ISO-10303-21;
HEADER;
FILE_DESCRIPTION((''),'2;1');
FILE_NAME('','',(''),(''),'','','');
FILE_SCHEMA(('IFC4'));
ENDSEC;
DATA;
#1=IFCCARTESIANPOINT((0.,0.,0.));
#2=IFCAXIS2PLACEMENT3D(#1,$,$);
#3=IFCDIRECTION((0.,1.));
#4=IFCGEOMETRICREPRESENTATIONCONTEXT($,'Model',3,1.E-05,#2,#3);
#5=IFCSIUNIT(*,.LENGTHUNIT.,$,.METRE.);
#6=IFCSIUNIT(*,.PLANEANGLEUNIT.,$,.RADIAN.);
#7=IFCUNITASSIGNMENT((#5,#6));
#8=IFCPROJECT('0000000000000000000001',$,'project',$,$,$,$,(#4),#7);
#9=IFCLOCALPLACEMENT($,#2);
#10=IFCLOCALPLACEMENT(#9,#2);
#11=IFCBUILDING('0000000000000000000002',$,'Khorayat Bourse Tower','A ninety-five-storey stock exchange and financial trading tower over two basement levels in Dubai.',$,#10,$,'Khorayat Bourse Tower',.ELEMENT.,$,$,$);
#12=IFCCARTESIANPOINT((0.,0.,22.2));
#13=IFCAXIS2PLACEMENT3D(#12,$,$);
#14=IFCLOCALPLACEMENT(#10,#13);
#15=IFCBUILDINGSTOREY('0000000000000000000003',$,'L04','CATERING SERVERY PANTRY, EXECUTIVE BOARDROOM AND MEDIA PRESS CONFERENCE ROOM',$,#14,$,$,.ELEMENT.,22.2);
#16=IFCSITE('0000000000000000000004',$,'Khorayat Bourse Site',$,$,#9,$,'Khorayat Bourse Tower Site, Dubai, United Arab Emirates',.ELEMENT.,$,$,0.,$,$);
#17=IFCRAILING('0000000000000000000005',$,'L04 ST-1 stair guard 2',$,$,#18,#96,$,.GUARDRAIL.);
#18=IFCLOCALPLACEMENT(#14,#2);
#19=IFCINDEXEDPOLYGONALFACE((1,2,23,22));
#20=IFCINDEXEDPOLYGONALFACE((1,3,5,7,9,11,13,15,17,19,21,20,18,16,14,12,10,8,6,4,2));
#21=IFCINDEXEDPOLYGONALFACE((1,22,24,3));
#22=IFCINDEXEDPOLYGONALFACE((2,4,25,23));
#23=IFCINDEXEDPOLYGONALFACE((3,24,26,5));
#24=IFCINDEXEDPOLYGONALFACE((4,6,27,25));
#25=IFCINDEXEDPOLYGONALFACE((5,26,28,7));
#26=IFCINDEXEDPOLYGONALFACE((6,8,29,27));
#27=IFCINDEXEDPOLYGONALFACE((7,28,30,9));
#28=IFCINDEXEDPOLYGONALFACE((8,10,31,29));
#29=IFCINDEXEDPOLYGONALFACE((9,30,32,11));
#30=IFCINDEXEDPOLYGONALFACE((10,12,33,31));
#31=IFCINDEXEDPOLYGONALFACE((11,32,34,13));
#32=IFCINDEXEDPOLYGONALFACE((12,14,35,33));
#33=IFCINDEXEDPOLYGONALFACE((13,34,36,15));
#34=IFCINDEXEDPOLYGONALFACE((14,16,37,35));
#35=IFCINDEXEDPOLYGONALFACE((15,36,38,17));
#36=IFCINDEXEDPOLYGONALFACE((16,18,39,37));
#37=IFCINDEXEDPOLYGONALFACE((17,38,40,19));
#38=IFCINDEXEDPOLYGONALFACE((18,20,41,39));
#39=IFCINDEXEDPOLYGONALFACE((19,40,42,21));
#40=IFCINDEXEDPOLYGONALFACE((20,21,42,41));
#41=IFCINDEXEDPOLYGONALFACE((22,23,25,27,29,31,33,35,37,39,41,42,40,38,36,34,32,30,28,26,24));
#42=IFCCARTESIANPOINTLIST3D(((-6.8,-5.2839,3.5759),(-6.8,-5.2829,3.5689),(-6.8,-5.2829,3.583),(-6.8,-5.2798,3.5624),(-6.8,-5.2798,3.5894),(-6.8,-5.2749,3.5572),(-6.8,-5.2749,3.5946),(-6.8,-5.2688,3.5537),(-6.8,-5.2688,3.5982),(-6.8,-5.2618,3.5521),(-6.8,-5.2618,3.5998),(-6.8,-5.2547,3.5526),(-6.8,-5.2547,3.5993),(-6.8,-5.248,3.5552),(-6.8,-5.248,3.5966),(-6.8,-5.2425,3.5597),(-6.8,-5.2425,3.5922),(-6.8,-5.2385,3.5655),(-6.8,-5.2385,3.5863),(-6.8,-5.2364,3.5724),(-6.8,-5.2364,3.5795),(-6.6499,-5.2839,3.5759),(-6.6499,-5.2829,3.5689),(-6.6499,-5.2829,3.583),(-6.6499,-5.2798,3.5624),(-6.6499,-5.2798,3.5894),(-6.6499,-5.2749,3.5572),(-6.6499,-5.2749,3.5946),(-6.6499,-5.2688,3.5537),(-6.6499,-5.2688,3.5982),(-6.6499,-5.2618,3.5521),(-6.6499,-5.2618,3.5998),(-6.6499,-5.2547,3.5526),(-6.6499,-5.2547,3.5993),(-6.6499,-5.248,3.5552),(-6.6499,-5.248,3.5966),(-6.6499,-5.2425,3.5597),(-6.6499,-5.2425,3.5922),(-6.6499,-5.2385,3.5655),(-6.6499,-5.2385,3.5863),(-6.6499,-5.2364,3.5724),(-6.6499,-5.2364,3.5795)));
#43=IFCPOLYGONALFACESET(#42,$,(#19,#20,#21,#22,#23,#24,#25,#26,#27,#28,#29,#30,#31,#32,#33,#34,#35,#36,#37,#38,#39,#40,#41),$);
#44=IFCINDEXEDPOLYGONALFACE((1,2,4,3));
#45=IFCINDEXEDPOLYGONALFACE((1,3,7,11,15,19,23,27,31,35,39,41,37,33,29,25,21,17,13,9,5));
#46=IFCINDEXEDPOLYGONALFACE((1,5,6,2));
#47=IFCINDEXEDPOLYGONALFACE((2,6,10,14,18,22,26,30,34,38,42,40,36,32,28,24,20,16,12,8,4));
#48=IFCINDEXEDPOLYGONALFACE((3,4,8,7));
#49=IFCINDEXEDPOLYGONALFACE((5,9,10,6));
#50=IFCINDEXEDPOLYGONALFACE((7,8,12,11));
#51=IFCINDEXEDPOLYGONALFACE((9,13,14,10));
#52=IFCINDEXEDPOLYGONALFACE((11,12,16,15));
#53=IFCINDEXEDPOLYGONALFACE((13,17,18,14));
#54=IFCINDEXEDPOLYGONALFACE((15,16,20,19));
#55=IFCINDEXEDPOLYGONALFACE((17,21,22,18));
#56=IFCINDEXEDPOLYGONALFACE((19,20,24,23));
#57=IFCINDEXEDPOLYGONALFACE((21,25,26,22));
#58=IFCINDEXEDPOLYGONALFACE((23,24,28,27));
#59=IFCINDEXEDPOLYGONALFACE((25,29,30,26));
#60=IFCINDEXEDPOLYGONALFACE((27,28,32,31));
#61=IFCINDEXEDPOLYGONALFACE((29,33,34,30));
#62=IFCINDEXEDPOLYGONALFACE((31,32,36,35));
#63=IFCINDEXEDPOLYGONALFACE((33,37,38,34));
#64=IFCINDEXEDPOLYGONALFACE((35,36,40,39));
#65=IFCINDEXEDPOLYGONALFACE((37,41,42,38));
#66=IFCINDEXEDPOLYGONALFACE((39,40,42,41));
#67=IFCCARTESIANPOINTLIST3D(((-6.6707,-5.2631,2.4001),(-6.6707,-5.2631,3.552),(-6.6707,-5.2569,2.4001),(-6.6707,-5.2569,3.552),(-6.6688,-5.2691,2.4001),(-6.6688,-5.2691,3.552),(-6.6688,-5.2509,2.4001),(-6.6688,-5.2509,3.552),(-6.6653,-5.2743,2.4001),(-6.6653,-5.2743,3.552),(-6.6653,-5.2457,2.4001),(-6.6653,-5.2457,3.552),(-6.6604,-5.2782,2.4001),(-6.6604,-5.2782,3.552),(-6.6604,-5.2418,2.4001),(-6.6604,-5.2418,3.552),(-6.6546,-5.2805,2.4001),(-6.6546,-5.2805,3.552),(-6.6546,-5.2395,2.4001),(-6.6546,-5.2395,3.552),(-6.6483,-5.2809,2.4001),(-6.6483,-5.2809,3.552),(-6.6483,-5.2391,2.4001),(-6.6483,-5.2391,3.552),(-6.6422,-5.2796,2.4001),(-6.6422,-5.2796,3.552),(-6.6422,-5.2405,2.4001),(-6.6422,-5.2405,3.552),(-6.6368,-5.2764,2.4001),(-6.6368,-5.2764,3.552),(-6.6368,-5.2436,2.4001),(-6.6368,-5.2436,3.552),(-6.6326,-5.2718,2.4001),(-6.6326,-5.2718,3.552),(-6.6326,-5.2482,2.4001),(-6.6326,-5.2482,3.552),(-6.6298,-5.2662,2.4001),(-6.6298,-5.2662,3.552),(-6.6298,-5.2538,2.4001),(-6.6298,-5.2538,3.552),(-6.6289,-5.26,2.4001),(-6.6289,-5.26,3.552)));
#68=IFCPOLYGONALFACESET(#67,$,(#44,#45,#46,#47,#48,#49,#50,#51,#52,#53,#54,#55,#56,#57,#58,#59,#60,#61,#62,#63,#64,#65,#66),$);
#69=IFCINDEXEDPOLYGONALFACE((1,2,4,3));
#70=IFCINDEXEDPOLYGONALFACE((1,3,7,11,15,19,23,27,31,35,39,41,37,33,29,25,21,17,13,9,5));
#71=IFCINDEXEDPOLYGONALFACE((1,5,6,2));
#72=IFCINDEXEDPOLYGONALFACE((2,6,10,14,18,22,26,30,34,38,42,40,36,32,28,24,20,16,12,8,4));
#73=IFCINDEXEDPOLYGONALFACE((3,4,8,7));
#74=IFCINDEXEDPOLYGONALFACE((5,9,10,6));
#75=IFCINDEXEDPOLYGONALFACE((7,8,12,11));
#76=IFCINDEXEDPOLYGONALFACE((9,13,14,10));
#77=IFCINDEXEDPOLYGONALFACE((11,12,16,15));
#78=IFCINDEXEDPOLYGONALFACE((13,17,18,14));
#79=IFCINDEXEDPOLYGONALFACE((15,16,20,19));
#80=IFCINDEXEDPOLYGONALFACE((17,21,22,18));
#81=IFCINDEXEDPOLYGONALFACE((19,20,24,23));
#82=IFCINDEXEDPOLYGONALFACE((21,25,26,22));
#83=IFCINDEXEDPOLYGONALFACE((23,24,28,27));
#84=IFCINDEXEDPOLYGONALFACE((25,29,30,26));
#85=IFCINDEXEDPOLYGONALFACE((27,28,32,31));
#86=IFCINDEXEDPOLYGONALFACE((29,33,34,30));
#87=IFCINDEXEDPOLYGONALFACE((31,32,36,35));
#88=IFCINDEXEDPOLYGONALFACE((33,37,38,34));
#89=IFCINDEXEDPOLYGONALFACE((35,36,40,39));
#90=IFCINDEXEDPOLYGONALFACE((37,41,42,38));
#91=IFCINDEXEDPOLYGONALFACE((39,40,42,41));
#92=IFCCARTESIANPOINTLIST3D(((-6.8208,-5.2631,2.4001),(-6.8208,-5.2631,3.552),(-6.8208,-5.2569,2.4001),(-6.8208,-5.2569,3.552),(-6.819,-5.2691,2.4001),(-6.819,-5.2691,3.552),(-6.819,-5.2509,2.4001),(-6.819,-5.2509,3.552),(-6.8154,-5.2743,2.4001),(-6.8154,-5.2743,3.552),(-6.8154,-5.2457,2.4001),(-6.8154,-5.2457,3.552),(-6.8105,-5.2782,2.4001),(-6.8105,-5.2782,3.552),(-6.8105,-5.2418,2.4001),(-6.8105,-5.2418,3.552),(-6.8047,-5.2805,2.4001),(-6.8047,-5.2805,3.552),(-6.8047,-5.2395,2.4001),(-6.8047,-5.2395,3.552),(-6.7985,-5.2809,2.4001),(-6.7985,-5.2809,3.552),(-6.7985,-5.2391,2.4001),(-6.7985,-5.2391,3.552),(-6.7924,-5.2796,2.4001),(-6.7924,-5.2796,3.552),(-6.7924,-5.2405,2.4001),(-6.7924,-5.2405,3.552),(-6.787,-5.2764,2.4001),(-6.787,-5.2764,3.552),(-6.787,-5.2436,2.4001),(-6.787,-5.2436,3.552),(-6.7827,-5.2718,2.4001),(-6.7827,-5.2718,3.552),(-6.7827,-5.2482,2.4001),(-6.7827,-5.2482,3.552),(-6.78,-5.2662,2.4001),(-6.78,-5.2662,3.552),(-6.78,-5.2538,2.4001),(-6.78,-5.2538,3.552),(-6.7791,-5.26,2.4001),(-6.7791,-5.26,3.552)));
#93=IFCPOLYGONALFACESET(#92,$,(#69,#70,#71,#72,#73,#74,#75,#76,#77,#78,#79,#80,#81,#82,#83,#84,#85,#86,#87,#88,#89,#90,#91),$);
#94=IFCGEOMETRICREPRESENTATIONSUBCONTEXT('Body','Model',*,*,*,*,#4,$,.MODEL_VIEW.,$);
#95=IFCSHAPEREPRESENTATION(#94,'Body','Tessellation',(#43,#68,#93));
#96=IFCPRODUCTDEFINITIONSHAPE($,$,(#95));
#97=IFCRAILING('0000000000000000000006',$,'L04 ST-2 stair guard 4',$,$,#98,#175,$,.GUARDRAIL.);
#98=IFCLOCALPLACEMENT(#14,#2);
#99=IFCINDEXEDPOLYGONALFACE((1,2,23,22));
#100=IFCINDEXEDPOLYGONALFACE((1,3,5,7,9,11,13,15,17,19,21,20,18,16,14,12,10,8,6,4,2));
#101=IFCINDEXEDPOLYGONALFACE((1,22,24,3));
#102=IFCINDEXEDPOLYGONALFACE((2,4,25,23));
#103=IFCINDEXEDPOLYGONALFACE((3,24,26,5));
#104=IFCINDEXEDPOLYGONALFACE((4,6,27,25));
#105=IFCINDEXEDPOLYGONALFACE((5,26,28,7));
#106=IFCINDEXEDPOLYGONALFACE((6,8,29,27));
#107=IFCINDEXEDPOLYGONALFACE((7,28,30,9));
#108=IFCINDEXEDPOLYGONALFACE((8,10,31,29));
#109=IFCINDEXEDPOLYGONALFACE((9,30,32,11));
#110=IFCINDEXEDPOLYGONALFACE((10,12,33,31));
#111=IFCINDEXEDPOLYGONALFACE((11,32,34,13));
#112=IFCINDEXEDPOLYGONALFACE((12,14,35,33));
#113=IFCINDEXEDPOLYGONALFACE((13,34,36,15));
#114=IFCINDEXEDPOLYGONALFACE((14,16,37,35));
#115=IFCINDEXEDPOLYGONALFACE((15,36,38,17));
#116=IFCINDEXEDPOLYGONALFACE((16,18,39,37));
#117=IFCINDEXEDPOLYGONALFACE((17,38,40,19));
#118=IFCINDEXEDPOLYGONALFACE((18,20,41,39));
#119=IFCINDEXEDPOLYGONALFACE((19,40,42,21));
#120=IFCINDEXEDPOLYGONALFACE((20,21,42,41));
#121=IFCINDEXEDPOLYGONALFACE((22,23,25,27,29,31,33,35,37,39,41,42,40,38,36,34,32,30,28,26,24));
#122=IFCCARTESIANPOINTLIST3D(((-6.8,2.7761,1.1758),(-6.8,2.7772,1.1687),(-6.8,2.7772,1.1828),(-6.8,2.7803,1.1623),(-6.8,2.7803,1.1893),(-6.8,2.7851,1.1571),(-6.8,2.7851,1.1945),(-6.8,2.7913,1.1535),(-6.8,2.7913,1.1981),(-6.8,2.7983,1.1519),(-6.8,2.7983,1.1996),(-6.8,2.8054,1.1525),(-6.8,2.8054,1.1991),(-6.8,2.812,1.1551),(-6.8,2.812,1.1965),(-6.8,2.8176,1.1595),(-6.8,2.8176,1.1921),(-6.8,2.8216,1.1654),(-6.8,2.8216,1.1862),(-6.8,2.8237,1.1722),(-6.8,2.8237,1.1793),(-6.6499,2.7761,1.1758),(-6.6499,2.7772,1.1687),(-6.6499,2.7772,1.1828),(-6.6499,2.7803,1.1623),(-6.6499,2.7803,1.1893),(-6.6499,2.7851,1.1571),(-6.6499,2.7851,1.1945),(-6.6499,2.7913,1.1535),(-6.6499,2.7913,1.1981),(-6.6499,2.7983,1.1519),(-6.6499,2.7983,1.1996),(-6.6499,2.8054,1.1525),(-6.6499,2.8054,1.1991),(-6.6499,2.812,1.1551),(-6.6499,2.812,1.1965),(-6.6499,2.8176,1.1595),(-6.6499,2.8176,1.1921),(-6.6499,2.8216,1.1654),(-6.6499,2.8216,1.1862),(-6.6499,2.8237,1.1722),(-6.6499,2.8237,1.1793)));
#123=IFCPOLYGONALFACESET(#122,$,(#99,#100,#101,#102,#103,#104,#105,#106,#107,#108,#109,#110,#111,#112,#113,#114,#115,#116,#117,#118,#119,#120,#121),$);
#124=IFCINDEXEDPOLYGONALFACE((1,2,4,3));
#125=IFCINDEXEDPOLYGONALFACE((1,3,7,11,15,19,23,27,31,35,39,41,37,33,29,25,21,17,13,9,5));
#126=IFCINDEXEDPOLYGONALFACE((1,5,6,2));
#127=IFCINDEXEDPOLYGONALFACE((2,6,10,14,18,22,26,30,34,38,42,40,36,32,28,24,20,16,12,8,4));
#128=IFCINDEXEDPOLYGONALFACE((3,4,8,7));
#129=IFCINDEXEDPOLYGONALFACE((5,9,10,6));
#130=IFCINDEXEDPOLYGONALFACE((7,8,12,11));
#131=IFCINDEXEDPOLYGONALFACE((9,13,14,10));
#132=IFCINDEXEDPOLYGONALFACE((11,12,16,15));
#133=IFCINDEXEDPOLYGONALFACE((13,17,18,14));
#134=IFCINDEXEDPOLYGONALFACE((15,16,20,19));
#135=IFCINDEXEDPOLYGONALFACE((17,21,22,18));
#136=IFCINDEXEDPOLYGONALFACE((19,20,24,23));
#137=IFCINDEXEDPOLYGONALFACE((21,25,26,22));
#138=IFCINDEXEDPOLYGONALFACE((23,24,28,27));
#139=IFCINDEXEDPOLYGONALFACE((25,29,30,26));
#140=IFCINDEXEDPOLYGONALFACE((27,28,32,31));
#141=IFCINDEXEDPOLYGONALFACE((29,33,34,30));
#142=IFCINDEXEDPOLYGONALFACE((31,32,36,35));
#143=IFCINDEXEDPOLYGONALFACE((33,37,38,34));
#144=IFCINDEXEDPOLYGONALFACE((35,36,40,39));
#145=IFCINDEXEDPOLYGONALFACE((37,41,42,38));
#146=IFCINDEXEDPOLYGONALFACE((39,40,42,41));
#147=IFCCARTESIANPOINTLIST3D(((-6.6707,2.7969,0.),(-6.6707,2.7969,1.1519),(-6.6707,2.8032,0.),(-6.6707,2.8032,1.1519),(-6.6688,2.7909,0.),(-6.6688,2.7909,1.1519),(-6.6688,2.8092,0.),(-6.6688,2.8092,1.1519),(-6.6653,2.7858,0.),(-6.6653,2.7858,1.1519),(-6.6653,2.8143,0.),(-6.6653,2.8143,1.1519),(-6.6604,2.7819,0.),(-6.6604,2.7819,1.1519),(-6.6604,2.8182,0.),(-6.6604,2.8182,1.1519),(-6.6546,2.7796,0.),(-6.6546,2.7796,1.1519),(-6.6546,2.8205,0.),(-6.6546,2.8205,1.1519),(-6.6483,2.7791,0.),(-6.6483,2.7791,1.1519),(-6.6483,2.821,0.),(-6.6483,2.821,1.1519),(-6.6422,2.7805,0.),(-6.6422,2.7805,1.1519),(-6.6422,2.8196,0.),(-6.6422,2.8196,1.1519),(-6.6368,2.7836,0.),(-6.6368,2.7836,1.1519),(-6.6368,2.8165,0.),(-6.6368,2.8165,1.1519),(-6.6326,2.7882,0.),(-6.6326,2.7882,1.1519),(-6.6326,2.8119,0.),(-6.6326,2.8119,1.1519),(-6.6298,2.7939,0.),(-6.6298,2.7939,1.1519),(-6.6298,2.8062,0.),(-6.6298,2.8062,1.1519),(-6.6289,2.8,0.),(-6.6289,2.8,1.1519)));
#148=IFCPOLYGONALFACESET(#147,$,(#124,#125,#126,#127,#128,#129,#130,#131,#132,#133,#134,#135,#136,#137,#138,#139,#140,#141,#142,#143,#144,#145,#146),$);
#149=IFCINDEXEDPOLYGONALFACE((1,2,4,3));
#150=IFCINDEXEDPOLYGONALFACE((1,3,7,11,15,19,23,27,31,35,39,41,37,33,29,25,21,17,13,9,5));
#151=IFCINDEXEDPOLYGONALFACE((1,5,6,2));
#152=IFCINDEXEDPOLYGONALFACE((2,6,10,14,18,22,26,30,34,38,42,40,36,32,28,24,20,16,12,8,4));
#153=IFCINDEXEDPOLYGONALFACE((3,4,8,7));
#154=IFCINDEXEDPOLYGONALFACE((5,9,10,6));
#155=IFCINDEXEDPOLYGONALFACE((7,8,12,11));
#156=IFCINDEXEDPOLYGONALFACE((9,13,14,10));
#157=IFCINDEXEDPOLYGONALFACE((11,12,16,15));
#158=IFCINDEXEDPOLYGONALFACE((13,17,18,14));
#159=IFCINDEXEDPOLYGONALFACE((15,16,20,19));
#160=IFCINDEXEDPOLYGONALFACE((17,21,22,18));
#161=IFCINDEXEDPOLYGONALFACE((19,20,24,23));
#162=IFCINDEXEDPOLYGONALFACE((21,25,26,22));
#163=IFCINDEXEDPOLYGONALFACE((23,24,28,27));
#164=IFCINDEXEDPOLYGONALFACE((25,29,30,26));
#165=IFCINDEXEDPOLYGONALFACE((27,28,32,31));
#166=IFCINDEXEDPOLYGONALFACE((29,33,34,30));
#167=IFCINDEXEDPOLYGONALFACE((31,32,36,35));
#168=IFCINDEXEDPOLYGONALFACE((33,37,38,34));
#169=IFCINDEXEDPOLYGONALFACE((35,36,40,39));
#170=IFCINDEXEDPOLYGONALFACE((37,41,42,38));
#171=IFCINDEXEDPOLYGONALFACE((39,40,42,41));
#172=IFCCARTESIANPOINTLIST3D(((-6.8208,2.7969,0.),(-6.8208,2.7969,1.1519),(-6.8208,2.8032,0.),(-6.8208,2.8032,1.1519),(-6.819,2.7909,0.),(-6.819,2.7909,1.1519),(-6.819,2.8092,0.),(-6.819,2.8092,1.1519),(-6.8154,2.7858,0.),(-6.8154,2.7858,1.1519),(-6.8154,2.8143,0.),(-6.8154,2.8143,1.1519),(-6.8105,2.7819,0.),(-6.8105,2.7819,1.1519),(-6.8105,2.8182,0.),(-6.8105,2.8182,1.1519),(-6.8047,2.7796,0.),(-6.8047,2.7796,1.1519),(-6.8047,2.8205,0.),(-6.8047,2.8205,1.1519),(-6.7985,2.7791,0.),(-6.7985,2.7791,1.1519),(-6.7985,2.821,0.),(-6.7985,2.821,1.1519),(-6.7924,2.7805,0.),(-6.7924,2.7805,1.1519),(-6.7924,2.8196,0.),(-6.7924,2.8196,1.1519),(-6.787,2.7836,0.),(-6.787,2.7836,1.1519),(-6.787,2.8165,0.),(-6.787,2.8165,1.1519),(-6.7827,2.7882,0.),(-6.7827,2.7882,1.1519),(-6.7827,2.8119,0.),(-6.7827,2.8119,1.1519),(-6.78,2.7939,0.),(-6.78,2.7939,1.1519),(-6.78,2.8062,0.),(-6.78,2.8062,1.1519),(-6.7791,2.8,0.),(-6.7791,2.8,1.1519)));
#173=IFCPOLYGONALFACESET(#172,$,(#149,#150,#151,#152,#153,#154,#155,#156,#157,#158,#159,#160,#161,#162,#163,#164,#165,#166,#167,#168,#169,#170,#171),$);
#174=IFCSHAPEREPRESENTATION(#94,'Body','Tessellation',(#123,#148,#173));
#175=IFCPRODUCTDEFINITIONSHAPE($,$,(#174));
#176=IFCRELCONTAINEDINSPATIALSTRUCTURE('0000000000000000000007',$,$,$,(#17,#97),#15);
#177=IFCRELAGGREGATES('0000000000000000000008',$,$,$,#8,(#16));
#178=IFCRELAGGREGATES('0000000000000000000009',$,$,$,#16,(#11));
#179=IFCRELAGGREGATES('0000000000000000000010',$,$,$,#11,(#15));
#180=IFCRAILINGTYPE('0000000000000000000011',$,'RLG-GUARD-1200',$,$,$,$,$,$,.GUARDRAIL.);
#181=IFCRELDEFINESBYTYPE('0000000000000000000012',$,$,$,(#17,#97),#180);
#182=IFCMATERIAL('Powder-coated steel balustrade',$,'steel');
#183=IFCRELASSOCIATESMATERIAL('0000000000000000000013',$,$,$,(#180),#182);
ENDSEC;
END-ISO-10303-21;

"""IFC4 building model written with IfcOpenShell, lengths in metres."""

from ifc_helpers import new_model, si_unit, direction, frame, origin, origin_2d, place, context, subcontext, project, spatial, circle, extrude, source, transform, mapped, material, type_object, element, save


model = new_model("IFC4")

# Units and contexts
model_context = context("Model", 3, precision=1e-05, world=origin(), true_north=direction((0.0, 1.0)))
body_context = subcontext(model_context, "Body", "Model", "MODEL_VIEW")
ifc_project = project(units=[si_unit("LENGTHUNIT", "METRE"), si_unit("PLANEANGLEUNIT", "RADIAN")], contexts=[model_context])

# Site, building, storey
site_placement = place(None, origin())
site = spatial("IfcSite", under=ifc_project, at=site_placement, Name="Khorayat Bourse Site", LongName="Khorayat Bourse Tower Site, Dubai, United Arab Emirates", CompositionType="ELEMENT", RefElevation=0.0)
building_placement = place(site_placement, origin())
building = spatial("IfcBuilding", under=site, at=building_placement, Name="Khorayat Bourse Tower", Description="A ninety-five-storey stock exchange and financial trading tower over two basement levels in Dubai.", LongName="Khorayat Bourse Tower", CompositionType="ELEMENT")
storey_placement = place(building_placement, frame((0.0, 0.0, 22.2)))
storey = spatial("IfcBuildingStorey", under=building, at=storey_placement, Name="L04", Description="CATERING SERVERY PANTRY, EXECUTIVE BOARDROOM AND MEDIA PRESS CONFERENCE ROOM", CompositionType="ELEMENT", Elevation=22.2)

# Railings
ifc_material_1 = material(Name="Powder-coated steel balustrade", Category="steel")
railing_type_1 = type_object("IfcRailingType", Name="RLG-GUARD-1200", PredefinedType="GUARDRAIL", material=ifc_material_1)
shared_shape_1 = source(origin(), body_context, "Body", "SweptSolid", [
    extrude(circle(Radius=0.0239, at=origin_2d()), frame((0.0, 0.0, 1.1758), z_axis=(-1.0, 0.0, 0.0), x_axis=(0.0, -1.0, 0.0)), (0.0, 0.0, 1.0), 0.1501),
    extrude(circle(Radius=0.021, at=origin_2d()), origin(), (0.0, 0.0, 1.0), 1.1519),
    extrude(circle(Radius=0.021, at=origin_2d()), frame((-0.1501, 0.0, 0.0)), (0.0, 0.0, 1.0), 1.1519),
])
for number, where, name in (
    (1, (-6.6499, -5.26, 2.4001), "L04 ST-1 stair guard 2"),
    (2, (-6.6499, 2.8, 0.0), "L04 ST-2 stair guard 4"),
):
    element("IfcRailing", number, at=place(storey_placement, frame(where)), inside=storey, type_object=railing_type_1, Name=name, PredefinedType="GUARDRAIL", context=body_context, shape_type="MappedRepresentation", body=[
        mapped(shared_shape_1, transform((0.0, 0.0, 0.0), scale=1.0)),
    ])

save(model, "model.ifc")
